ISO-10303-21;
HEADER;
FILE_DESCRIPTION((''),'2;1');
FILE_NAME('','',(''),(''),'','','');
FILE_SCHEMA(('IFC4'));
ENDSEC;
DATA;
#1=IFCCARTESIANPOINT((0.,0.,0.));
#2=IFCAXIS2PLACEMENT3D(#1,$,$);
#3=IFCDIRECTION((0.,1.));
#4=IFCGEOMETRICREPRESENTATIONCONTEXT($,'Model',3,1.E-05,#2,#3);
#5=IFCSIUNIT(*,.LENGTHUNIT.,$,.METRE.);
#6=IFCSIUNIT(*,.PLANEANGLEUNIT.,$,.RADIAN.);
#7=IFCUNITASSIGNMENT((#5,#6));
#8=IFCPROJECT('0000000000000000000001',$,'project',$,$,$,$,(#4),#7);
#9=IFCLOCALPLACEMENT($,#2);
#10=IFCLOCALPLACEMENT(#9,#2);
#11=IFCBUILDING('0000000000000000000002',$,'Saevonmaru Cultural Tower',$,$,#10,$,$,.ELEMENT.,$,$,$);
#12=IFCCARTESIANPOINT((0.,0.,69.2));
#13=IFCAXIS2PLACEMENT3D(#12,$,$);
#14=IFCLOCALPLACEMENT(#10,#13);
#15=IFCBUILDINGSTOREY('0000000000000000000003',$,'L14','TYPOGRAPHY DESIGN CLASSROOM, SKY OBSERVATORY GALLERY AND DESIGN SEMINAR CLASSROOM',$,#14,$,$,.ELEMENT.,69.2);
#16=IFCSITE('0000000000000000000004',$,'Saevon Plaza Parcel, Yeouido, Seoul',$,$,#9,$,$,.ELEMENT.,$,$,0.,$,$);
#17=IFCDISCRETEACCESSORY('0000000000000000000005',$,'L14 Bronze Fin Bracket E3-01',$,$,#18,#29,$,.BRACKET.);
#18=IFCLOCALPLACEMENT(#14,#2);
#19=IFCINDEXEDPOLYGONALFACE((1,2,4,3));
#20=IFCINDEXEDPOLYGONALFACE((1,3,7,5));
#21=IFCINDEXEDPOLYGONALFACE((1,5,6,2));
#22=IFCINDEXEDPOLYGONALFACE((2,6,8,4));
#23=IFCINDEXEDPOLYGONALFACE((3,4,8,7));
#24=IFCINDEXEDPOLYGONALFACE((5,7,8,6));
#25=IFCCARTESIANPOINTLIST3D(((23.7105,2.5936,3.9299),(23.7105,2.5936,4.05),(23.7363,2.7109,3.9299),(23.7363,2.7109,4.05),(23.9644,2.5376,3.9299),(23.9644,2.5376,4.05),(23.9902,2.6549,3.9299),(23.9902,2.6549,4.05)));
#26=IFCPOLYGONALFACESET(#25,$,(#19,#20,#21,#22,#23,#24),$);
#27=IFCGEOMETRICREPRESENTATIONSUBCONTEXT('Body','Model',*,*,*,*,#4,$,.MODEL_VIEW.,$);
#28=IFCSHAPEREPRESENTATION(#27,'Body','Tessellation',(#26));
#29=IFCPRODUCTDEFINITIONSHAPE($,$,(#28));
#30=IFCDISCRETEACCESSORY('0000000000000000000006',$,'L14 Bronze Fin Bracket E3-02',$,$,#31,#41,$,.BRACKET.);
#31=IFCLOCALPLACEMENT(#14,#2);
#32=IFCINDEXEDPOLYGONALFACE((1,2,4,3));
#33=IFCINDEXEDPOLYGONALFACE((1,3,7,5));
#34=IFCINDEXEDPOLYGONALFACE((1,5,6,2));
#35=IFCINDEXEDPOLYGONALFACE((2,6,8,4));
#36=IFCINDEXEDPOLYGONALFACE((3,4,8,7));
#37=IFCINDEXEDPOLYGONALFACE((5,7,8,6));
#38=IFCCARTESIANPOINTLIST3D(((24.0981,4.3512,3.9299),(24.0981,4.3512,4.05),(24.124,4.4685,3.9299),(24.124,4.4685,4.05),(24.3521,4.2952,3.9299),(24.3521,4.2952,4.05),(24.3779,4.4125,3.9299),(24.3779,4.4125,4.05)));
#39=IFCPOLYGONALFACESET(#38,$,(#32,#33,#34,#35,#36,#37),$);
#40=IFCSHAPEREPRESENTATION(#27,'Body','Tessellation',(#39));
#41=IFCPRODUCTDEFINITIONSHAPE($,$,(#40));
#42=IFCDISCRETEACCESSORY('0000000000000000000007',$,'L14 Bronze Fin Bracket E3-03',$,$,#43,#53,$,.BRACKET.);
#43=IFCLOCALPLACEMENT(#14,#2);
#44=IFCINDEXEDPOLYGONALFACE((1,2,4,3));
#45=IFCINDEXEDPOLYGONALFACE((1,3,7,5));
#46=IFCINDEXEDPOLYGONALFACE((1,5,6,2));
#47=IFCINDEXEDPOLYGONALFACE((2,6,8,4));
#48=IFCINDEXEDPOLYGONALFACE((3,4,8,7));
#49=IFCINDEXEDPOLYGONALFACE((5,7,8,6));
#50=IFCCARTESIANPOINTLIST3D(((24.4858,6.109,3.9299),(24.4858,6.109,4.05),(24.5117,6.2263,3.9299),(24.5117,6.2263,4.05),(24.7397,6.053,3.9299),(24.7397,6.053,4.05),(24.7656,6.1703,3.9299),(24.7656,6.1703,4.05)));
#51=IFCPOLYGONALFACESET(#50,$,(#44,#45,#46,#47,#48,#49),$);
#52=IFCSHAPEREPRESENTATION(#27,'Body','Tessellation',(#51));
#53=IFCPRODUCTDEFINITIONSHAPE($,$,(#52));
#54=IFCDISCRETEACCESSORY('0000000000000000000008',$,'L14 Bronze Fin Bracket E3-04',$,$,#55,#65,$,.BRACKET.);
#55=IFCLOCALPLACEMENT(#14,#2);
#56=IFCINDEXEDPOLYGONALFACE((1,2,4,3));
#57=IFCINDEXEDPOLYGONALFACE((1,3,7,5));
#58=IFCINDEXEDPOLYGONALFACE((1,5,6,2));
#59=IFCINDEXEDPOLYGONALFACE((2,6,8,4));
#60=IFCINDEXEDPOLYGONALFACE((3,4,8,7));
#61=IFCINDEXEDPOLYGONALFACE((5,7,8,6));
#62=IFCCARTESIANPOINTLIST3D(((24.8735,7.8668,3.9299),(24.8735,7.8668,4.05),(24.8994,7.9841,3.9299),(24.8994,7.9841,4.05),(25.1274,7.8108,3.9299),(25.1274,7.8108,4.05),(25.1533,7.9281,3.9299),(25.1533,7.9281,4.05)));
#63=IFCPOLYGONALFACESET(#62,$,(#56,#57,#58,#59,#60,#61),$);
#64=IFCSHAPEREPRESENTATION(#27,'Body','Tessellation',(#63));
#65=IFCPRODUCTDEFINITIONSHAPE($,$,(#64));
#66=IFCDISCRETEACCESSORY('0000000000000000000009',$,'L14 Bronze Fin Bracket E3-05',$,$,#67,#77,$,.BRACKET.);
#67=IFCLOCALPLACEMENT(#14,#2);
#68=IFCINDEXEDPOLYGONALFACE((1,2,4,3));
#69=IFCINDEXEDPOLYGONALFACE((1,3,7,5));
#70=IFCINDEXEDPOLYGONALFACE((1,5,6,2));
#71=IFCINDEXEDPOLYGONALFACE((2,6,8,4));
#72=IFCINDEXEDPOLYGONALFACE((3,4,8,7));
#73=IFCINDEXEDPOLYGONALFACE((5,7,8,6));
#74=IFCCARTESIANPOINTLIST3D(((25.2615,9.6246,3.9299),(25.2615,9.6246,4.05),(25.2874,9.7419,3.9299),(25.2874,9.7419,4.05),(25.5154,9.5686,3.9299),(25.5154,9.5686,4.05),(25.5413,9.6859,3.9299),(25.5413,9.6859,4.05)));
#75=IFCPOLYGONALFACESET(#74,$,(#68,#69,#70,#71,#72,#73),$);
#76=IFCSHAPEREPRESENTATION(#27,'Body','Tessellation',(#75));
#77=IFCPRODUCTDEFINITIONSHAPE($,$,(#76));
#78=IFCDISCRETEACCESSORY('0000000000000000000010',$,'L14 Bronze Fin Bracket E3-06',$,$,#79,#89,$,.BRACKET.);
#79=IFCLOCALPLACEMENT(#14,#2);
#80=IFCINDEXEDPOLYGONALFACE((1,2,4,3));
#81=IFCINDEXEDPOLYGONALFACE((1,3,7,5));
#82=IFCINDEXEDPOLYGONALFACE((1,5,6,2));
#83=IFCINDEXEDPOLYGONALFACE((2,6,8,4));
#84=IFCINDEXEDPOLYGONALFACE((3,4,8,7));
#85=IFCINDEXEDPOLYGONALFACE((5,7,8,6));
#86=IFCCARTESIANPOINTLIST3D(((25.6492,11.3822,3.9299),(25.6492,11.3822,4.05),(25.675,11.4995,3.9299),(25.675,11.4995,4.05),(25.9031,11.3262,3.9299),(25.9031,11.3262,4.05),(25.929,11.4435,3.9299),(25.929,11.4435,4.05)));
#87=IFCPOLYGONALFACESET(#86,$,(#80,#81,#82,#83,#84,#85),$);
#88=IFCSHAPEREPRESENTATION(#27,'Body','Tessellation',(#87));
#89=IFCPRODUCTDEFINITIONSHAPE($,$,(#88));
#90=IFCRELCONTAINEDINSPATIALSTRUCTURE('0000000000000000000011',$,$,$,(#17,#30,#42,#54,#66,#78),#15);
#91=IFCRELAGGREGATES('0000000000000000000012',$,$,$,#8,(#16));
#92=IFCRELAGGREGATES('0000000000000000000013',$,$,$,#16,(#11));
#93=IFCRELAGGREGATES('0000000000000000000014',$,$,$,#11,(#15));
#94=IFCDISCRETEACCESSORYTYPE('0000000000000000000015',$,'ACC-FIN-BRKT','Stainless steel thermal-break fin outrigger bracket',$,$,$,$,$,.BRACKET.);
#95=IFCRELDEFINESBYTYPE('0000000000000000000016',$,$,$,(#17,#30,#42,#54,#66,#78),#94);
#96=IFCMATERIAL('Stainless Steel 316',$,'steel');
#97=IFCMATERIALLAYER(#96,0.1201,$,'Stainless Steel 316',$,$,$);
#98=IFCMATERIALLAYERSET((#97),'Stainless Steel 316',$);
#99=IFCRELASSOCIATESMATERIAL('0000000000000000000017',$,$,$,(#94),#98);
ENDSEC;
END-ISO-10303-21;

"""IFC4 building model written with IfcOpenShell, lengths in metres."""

from ifc_helpers import new_model, si_unit, direction, frame, origin, origin_2d, place, context, subcontext, project, spatial, rectangle, extrude, material, layer, layer_set, type_object, element, save


model = new_model("IFC4")

# Units and contexts
model_context = context("Model", 3, precision=1e-05, world=origin(), true_north=direction((0.0, 1.0)))
body_context = subcontext(model_context, "Body", "Model", "MODEL_VIEW")
ifc_project = project(units=[si_unit("LENGTHUNIT", "METRE"), si_unit("PLANEANGLEUNIT", "RADIAN")], contexts=[model_context])

# Site, building, storey
site_placement = place(None, origin())
site = spatial("IfcSite", under=ifc_project, at=site_placement, Name="Saevon Plaza Parcel, Yeouido, Seoul", CompositionType="ELEMENT", RefElevation=0.0)
building_placement = place(site_placement, origin())
building = spatial("IfcBuilding", under=site, at=building_placement, Name="Saevonmaru Cultural Tower", CompositionType="ELEMENT")
storey_placement = place(building_placement, frame((0.0, 0.0, 69.2)))
storey = spatial("IfcBuildingStorey", under=building, at=storey_placement, Name="L14", Description="TYPOGRAPHY DESIGN CLASSROOM, SKY OBSERVATORY GALLERY AND DESIGN SEMINAR CLASSROOM", CompositionType="ELEMENT", Elevation=69.2)

# Discrete accessories
ifc_material_1 = material(Name="Stainless Steel 316", Category="steel")
ifc_layer_1 = layer(ifc_material_1, 0.1201, Name="Stainless Steel 316")
ifc_layer_set_1 = layer_set([ifc_layer_1], Name="Stainless Steel 316")
discrete_accessory_type = type_object("IfcDiscreteAccessoryType", Name="ACC-FIN-BRKT", Description="Stainless steel thermal-break fin outrigger bracket", PredefinedType="BRACKET", material=ifc_layer_set_1)
for number, where, z_axis, x_axis, name in (
    (1, (23.8503, 2.6243, 3.9299), (0.0, 0.0, 1.0), (0.976522, -0.215417, 0.0), "L14 Bronze Fin Bracket E3-01"),
    (2, (24.238, 4.3818, 3.9299), (0.0, 0.0, 1.0), (0.976522, -0.215417, 0.0), "L14 Bronze Fin Bracket E3-02"),
    (3, (24.6257, 6.1396, 3.9299), (0.0, 0.0, 1.0), (0.976522, -0.215417, 0.0), "L14 Bronze Fin Bracket E3-03"),
    (4, (25.0134, 7.8975, 3.9299), (0.0, 0.0, 1.0), (0.976522, -0.215417, 0.0), "L14 Bronze Fin Bracket E3-04"),
    (5, (25.4014, 9.6553, 3.9299), (0.0, 0.0, 1.0), (0.976522, -0.215417, 0.0), "L14 Bronze Fin Bracket E3-05"),
    (6, (25.7891, 11.4128, 3.9299), (0.0, 0.0, 1.0), (0.976522, -0.215417, 0.0), "L14 Bronze Fin Bracket E3-06"),
):
    element("IfcDiscreteAccessory", number, at=place(storey_placement, frame(where, z_axis=z_axis, x_axis=x_axis)), inside=storey, type_object=discrete_accessory_type, Name=name, PredefinedType="BRACKET", context=body_context, shape_type="SweptSolid", body=[
        extrude(rectangle(XDim=0.26, YDim=0.1201, at=origin_2d()), origin(), (0.0, 0.0, 1.0), 0.1201),
    ])

save(model, "model.ifc")
